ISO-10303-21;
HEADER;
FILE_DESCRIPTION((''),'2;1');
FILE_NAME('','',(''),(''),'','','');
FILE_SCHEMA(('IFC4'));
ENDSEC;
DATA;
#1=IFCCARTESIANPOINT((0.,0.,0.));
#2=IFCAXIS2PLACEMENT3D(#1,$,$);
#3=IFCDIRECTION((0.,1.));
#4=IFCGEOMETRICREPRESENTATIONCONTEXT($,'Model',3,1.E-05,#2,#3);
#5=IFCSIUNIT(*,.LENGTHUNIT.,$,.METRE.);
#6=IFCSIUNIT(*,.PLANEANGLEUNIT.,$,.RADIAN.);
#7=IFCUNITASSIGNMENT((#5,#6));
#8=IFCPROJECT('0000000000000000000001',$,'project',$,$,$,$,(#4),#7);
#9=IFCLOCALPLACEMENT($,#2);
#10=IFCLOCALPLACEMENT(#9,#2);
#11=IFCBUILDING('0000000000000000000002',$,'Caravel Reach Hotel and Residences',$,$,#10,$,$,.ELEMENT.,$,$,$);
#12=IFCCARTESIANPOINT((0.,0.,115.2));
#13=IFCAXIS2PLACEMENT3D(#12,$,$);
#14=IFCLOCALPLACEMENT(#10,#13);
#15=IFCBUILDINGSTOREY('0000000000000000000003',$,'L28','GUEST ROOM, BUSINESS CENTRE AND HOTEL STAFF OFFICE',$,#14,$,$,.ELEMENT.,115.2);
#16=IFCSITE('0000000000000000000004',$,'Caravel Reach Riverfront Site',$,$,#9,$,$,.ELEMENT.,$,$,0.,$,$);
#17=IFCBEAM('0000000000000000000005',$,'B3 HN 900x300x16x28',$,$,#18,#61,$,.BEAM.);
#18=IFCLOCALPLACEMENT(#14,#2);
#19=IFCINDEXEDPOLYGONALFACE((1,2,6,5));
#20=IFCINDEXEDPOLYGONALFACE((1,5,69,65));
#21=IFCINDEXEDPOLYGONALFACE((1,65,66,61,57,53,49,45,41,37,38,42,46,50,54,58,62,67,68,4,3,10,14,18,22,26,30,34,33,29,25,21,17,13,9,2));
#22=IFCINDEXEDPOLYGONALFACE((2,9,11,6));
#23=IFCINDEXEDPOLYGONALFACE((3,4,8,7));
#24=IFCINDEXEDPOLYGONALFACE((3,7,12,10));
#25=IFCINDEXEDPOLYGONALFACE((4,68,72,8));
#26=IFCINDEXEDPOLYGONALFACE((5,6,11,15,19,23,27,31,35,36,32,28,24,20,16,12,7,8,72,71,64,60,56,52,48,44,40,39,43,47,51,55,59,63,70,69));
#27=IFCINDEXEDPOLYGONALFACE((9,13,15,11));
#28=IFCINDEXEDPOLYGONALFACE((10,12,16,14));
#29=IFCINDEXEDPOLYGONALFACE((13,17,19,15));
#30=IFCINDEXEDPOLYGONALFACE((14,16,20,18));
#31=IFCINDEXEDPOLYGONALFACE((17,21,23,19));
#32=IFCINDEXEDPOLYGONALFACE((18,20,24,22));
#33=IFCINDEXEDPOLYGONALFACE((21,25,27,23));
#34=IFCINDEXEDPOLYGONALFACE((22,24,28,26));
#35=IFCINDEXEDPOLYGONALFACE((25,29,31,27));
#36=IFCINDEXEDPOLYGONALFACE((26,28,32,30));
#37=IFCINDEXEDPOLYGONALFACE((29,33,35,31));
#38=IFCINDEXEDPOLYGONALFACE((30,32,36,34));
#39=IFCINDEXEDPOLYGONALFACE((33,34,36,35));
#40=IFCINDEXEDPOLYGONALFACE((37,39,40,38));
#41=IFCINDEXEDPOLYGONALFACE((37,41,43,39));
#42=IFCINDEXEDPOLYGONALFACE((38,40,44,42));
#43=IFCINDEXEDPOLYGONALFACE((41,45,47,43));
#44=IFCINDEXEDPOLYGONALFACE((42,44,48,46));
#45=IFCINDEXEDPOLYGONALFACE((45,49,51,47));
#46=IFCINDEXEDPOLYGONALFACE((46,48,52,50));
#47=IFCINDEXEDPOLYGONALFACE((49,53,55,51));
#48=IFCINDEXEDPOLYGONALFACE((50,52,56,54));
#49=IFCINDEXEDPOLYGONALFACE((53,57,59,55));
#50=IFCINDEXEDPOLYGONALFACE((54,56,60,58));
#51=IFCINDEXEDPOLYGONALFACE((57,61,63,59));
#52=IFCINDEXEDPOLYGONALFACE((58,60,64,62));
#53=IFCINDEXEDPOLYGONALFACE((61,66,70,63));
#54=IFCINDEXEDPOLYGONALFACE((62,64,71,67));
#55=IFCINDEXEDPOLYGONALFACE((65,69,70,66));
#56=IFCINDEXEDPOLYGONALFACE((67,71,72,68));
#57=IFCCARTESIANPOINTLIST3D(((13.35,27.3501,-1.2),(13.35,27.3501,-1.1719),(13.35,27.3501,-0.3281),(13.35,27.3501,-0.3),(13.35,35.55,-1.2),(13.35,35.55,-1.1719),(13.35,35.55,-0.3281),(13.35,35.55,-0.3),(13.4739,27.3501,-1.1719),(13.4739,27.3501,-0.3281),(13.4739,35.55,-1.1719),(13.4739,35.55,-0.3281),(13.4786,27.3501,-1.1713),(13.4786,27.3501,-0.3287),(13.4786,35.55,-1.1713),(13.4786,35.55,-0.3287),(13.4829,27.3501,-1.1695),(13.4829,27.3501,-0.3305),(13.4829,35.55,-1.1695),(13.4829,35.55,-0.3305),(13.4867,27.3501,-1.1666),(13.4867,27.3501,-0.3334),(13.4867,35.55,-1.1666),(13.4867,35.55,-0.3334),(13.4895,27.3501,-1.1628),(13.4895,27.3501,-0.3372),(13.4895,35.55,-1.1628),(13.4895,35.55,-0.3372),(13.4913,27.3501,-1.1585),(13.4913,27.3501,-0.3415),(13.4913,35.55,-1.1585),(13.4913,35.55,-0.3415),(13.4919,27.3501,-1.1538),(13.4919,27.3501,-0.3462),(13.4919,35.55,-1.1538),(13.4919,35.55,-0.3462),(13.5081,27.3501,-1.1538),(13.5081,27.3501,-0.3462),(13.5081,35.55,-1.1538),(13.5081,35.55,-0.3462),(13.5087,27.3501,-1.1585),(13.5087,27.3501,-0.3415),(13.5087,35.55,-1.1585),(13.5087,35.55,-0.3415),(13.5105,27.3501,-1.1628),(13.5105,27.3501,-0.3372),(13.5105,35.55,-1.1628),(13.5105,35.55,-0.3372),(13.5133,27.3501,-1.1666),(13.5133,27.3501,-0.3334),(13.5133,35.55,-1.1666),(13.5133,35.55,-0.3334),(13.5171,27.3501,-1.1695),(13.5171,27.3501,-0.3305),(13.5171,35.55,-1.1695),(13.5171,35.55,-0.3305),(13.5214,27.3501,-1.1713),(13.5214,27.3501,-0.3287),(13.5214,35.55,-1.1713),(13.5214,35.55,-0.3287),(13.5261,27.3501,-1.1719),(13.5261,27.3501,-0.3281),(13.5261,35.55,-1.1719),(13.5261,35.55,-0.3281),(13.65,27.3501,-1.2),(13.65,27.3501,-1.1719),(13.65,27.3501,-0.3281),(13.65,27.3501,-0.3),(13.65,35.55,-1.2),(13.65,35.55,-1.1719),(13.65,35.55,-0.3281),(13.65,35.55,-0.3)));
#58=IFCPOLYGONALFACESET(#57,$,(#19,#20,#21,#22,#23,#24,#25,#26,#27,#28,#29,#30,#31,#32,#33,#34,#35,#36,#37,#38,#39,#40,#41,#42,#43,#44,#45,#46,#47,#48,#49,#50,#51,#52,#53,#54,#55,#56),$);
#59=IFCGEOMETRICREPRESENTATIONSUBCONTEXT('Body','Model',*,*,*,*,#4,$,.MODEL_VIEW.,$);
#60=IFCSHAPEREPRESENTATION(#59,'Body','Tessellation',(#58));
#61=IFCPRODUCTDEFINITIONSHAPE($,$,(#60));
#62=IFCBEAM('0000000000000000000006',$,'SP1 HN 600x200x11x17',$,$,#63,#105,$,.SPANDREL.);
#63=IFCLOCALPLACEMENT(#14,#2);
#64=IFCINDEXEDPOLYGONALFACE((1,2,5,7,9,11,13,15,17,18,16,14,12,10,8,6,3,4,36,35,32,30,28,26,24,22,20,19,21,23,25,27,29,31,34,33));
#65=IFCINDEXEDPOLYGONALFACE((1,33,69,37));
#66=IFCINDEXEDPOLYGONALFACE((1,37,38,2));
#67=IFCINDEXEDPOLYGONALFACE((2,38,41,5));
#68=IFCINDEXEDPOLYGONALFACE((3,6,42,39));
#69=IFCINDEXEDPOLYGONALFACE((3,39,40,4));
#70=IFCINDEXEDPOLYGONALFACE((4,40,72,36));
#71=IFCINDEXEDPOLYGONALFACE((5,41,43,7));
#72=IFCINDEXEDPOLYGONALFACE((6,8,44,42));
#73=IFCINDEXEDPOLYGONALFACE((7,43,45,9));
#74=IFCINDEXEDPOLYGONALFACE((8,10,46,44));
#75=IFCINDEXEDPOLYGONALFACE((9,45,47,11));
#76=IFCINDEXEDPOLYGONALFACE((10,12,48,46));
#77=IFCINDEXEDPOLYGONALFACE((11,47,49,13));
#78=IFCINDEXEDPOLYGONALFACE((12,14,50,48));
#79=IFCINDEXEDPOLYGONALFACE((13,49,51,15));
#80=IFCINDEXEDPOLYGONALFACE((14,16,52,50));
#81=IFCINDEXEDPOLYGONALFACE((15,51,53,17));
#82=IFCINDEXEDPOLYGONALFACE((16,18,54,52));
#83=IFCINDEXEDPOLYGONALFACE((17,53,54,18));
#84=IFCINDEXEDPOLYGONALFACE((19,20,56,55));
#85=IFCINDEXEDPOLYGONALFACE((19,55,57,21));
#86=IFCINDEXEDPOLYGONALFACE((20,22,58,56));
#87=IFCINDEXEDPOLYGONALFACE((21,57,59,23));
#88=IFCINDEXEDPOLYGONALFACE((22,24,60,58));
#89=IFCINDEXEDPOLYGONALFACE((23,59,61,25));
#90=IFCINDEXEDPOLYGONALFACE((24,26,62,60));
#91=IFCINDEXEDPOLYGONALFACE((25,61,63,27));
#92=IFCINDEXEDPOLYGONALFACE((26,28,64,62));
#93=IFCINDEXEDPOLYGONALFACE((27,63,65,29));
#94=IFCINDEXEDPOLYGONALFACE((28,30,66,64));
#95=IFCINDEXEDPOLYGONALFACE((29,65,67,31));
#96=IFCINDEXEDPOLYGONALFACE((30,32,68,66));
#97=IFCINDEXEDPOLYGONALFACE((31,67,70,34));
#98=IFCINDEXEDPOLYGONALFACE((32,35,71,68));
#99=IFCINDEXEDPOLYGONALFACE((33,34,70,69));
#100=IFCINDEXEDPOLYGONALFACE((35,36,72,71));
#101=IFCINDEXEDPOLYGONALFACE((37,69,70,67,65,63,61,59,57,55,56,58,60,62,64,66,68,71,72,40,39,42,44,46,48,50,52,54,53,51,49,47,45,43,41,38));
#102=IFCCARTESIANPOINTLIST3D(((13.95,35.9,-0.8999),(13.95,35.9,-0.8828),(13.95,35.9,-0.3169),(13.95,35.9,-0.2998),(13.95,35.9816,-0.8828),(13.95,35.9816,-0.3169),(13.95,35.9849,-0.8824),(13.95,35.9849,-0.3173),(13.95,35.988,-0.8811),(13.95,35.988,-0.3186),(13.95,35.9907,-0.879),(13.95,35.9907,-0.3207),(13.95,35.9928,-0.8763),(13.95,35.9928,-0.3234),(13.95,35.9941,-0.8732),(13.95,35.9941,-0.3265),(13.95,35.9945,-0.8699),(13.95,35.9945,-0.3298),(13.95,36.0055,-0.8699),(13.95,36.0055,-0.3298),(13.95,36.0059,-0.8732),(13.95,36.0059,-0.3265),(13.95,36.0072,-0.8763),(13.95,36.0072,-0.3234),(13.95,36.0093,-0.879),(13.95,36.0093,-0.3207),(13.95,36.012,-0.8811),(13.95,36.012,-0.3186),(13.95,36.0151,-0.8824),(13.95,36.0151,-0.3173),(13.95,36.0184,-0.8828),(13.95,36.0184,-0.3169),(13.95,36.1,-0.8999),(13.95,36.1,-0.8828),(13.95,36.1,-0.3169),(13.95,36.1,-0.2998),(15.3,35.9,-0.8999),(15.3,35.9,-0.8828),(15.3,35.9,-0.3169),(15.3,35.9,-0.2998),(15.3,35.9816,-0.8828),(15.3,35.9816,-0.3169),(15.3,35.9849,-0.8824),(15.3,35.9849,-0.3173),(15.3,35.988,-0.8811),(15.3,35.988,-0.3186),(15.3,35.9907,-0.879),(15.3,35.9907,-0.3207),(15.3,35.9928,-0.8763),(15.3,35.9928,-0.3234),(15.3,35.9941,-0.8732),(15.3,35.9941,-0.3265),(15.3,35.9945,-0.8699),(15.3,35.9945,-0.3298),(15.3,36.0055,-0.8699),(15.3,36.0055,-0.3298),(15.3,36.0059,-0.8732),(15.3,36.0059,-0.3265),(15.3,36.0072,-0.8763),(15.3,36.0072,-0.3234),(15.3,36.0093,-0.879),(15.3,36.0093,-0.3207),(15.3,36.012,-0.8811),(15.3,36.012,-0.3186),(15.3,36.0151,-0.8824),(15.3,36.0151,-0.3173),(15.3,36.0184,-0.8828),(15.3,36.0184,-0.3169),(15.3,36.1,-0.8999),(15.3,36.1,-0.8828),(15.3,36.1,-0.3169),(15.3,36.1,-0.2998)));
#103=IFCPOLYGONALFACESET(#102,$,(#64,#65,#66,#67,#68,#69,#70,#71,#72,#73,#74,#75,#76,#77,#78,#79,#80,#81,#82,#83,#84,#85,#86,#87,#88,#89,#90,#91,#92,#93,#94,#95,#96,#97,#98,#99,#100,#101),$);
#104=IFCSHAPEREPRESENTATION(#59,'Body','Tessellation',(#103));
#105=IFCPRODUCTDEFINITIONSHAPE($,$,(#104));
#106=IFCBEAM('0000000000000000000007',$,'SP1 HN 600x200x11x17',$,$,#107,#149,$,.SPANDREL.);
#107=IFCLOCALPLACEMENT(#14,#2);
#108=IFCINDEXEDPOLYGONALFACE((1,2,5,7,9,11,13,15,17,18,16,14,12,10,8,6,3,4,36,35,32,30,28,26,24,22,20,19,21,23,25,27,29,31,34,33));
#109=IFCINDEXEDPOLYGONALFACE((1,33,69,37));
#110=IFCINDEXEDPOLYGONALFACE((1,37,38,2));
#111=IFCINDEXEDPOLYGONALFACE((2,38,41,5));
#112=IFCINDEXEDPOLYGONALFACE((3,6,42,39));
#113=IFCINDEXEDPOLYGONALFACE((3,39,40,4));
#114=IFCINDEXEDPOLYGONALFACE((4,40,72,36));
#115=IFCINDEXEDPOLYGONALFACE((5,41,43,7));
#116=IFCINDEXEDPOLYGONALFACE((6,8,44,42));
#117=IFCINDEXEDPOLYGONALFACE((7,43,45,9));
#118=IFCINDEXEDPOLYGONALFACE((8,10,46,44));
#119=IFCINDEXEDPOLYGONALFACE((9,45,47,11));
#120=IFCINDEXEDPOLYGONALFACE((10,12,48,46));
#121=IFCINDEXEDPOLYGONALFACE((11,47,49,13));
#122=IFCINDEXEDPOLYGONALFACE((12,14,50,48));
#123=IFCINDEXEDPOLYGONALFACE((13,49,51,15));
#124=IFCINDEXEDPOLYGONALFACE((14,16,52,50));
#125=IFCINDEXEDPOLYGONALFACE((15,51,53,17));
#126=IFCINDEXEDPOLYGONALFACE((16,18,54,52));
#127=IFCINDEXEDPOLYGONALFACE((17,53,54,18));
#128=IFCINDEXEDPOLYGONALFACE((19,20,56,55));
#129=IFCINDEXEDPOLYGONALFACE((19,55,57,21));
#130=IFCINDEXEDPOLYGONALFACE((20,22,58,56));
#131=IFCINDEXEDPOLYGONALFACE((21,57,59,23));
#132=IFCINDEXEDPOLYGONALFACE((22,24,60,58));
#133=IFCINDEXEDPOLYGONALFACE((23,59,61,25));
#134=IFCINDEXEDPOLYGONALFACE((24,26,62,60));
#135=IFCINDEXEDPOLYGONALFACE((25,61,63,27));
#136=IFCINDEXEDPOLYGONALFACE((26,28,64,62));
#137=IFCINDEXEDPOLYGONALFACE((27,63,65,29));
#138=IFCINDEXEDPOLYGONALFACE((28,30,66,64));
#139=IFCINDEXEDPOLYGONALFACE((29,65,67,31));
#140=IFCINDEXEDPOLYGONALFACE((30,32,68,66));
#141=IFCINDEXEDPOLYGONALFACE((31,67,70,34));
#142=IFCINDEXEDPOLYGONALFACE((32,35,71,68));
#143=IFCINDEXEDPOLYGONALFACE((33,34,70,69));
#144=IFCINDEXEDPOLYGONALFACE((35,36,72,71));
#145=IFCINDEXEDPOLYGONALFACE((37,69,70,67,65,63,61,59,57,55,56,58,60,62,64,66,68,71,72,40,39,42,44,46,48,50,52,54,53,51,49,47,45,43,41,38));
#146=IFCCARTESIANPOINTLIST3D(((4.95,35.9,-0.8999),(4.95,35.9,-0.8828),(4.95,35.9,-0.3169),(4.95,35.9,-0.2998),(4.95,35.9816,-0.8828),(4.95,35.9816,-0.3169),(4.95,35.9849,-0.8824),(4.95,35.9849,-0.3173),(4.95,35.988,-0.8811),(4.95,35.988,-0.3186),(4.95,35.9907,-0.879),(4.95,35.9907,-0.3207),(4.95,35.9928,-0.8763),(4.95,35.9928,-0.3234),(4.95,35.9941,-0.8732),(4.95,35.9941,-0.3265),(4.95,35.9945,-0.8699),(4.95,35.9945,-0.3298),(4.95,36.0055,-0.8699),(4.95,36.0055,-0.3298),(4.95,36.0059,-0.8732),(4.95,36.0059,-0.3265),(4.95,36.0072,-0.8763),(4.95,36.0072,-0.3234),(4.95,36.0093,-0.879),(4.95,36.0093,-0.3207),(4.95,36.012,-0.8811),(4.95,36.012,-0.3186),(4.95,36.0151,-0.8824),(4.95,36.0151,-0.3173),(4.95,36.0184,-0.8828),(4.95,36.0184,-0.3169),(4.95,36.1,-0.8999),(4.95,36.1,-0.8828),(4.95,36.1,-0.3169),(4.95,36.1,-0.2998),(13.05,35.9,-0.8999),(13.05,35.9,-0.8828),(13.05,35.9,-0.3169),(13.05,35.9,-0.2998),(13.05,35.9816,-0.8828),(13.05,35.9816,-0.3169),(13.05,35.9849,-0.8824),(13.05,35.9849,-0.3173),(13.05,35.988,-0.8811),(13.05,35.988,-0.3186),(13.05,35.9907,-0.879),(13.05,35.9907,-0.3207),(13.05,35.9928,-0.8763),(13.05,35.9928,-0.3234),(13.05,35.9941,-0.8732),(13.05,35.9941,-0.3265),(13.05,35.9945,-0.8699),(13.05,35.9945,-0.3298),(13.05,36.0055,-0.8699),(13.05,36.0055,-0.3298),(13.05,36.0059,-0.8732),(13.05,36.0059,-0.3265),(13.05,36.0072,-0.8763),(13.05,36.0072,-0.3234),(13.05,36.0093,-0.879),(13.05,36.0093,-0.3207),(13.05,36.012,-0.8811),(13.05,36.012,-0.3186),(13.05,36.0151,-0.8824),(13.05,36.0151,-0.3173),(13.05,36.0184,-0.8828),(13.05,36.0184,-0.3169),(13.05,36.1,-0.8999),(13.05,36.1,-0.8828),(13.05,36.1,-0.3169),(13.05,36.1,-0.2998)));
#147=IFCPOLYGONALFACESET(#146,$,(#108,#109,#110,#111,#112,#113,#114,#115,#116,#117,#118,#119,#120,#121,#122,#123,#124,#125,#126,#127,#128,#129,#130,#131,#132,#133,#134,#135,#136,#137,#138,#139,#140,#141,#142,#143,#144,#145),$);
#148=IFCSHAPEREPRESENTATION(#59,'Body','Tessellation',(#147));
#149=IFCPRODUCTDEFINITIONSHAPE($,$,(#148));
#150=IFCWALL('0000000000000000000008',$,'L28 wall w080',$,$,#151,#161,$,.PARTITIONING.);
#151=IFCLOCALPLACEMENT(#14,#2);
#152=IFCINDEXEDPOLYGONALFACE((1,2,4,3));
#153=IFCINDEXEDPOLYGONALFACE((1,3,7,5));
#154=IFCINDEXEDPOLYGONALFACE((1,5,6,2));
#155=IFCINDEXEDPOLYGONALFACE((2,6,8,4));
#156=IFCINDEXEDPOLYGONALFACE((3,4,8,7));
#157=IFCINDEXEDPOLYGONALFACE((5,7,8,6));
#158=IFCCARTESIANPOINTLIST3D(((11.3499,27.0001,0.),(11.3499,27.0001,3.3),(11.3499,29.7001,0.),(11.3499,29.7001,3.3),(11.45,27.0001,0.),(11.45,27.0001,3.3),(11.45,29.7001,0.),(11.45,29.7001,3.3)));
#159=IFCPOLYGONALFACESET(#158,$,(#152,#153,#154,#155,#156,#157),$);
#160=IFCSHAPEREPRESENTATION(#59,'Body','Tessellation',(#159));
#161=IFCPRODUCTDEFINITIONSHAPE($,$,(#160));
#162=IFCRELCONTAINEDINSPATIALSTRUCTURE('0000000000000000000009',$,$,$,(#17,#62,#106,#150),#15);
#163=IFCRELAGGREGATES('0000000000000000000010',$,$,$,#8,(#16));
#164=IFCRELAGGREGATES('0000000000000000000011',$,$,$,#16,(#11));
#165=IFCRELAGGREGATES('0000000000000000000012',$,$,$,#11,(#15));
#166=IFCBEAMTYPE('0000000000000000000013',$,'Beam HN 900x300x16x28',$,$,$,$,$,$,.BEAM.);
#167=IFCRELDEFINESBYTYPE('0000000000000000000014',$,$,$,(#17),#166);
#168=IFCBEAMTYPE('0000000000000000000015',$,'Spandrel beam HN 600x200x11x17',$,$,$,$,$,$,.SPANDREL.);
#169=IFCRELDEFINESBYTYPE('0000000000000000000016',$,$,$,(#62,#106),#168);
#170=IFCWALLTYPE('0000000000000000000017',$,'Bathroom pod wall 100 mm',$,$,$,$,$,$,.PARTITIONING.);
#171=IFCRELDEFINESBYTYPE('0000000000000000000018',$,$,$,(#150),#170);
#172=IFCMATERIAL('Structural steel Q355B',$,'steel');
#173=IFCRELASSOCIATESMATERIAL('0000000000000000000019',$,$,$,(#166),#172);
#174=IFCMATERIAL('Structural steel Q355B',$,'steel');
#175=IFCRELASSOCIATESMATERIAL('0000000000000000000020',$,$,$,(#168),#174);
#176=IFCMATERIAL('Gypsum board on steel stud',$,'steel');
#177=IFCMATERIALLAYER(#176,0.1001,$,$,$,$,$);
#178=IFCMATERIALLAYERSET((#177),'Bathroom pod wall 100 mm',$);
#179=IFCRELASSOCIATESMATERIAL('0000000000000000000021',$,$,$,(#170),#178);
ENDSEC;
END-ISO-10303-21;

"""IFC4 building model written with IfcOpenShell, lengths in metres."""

from ifc_helpers import new_model, si_unit, direction, frame, frame_2d, origin, origin_2d, place, context, subcontext, project, spatial, rectangle, i_section, extrude, material, layer, layer_set, material_profile, profile_set, type_object, element, save


model = new_model("IFC4")

# Units and contexts
model_context = context("Model", 3, precision=1e-05, world=origin(), true_north=direction((0.0, 1.0)))
body_context = subcontext(model_context, "Body", "Model", "MODEL_VIEW")
ifc_project = project(units=[si_unit("LENGTHUNIT", "METRE"), si_unit("PLANEANGLEUNIT", "RADIAN")], contexts=[model_context])

# Site, building, storey
site_placement = place(None, origin())
site = spatial("IfcSite", under=ifc_project, at=site_placement, Name="Caravel Reach Riverfront Site", CompositionType="ELEMENT", RefElevation=0.0)
building_placement = place(site_placement, origin())
building = spatial("IfcBuilding", under=site, at=building_placement, Name="Caravel Reach Hotel and Residences", CompositionType="ELEMENT")
storey_placement = place(building_placement, frame((0.0, 0.0, 115.2)))
storey = spatial("IfcBuildingStorey", under=building, at=storey_placement, Name="L28", Description="GUEST ROOM, BUSINESS CENTRE AND HOTEL STAFF OFFICE", CompositionType="ELEMENT", Elevation=115.2)

# Beams
ifc_material_1 = material(Name="Structural steel Q355B", Category="steel")
ifc_material_profile_1 = material_profile(ifc_material_1, i_section(OverallWidth=0.3, OverallDepth=0.8999, WebThickness=0.0161, FlangeThickness=0.0281, FilletRadius=0.0181, at=origin_2d()), Name="HN 900x300x16x28")
ifc_profile_set_1 = profile_set([ifc_material_profile_1], Name="Structural steel Q355B")
beam_type_1 = type_object("IfcBeamType", Name="Beam HN 900x300x16x28", PredefinedType="BEAM", material=ifc_profile_set_1)
beam_1_placement = place(storey_placement, frame((13.5, 27.3501, -0.75), z_axis=(0.0, 1.0, 0.0), x_axis=(-1.0, 0.0, 0.0)))
element("IfcBeam", 1, at=beam_1_placement, inside=storey, type_object=beam_type_1, Name="B3 HN 900x300x16x28", PredefinedType="BEAM", context=body_context, shape_type="SweptSolid", body=[
    extrude(i_section(OverallWidth=0.3, OverallDepth=0.8999, WebThickness=0.0161, FlangeThickness=0.0281, FilletRadius=0.0181, at=origin_2d()), origin(), (0.0, 0.0, 1.0), 8.2),
])
ifc_material_2 = material(Name="Structural steel Q355B", Category="steel")
ifc_material_profile_2 = material_profile(ifc_material_2, i_section(OverallWidth=0.2, OverallDepth=0.6001, WebThickness=0.011, FlangeThickness=0.0171, FilletRadius=0.0129, at=origin_2d()), Name="HN 600x200x11x17")
ifc_profile_set_2 = profile_set([ifc_material_profile_2], Name="Structural steel Q355B")
beam_type_2 = type_object("IfcBeamType", Name="Spandrel beam HN 600x200x11x17", PredefinedType="SPANDREL", material=ifc_profile_set_2)
beam_2_placement = place(storey_placement, frame((15.3, 36.0, -0.5999), z_axis=(-1.0, 0.0, 0.0), x_axis=(0.0, -1.0, 0.0)))
element("IfcBeam", 2, at=beam_2_placement, inside=storey, type_object=beam_type_2, Name="SP1 HN 600x200x11x17", PredefinedType="SPANDREL", context=body_context, shape_type="SweptSolid", body=[
    extrude(i_section(OverallWidth=0.2, OverallDepth=0.6001, WebThickness=0.011, FlangeThickness=0.0171, FilletRadius=0.0129, at=origin_2d()), origin(), (0.0, 0.0, 1.0), 1.3501),
])
beam_3_placement = place(storey_placement, frame((13.05, 36.0, -0.5999), z_axis=(-1.0, 0.0, 0.0), x_axis=(0.0, -1.0, 0.0)))
element("IfcBeam", 3, at=beam_3_placement, inside=storey, type_object=beam_type_2, Name="SP1 HN 600x200x11x17", PredefinedType="SPANDREL", context=body_context, shape_type="SweptSolid", body=[
    extrude(i_section(OverallWidth=0.2, OverallDepth=0.6001, WebThickness=0.011, FlangeThickness=0.0171, FilletRadius=0.0129, at=origin_2d()), origin(), (0.0, 0.0, 1.0), 8.1001),
])

# Wall
ifc_material_3 = material(Name="Gypsum board on steel stud", Category="steel")
ifc_layer_1 = layer(ifc_material_3, 0.1001)
ifc_layer_set_1 = layer_set([ifc_layer_1], Name="Bathroom pod wall 100 mm")
wall_type_1 = type_object("IfcWallType", Name="Bathroom pod wall 100 mm", PredefinedType="PARTITIONING", material=ifc_layer_set_1)
wall_1_placement = place(storey_placement, frame((11.3999, 27.0, 0.0), z_axis=(0.0, 0.0, 1.0), x_axis=(0.0, 1.0, 0.0)))
element("IfcWall", 4, at=wall_1_placement, inside=storey, type_object=wall_type_1, Name="L28 wall w080", PredefinedType="PARTITIONING", context=body_context, shape_type="SweptSolid", body=[
    extrude(rectangle(XDim=2.7, YDim=0.1001, at=frame_2d((1.3501, 0.0))), origin(), (0.0, 0.0, 1.0), 3.3),
])

save(model, "model.ifc")
